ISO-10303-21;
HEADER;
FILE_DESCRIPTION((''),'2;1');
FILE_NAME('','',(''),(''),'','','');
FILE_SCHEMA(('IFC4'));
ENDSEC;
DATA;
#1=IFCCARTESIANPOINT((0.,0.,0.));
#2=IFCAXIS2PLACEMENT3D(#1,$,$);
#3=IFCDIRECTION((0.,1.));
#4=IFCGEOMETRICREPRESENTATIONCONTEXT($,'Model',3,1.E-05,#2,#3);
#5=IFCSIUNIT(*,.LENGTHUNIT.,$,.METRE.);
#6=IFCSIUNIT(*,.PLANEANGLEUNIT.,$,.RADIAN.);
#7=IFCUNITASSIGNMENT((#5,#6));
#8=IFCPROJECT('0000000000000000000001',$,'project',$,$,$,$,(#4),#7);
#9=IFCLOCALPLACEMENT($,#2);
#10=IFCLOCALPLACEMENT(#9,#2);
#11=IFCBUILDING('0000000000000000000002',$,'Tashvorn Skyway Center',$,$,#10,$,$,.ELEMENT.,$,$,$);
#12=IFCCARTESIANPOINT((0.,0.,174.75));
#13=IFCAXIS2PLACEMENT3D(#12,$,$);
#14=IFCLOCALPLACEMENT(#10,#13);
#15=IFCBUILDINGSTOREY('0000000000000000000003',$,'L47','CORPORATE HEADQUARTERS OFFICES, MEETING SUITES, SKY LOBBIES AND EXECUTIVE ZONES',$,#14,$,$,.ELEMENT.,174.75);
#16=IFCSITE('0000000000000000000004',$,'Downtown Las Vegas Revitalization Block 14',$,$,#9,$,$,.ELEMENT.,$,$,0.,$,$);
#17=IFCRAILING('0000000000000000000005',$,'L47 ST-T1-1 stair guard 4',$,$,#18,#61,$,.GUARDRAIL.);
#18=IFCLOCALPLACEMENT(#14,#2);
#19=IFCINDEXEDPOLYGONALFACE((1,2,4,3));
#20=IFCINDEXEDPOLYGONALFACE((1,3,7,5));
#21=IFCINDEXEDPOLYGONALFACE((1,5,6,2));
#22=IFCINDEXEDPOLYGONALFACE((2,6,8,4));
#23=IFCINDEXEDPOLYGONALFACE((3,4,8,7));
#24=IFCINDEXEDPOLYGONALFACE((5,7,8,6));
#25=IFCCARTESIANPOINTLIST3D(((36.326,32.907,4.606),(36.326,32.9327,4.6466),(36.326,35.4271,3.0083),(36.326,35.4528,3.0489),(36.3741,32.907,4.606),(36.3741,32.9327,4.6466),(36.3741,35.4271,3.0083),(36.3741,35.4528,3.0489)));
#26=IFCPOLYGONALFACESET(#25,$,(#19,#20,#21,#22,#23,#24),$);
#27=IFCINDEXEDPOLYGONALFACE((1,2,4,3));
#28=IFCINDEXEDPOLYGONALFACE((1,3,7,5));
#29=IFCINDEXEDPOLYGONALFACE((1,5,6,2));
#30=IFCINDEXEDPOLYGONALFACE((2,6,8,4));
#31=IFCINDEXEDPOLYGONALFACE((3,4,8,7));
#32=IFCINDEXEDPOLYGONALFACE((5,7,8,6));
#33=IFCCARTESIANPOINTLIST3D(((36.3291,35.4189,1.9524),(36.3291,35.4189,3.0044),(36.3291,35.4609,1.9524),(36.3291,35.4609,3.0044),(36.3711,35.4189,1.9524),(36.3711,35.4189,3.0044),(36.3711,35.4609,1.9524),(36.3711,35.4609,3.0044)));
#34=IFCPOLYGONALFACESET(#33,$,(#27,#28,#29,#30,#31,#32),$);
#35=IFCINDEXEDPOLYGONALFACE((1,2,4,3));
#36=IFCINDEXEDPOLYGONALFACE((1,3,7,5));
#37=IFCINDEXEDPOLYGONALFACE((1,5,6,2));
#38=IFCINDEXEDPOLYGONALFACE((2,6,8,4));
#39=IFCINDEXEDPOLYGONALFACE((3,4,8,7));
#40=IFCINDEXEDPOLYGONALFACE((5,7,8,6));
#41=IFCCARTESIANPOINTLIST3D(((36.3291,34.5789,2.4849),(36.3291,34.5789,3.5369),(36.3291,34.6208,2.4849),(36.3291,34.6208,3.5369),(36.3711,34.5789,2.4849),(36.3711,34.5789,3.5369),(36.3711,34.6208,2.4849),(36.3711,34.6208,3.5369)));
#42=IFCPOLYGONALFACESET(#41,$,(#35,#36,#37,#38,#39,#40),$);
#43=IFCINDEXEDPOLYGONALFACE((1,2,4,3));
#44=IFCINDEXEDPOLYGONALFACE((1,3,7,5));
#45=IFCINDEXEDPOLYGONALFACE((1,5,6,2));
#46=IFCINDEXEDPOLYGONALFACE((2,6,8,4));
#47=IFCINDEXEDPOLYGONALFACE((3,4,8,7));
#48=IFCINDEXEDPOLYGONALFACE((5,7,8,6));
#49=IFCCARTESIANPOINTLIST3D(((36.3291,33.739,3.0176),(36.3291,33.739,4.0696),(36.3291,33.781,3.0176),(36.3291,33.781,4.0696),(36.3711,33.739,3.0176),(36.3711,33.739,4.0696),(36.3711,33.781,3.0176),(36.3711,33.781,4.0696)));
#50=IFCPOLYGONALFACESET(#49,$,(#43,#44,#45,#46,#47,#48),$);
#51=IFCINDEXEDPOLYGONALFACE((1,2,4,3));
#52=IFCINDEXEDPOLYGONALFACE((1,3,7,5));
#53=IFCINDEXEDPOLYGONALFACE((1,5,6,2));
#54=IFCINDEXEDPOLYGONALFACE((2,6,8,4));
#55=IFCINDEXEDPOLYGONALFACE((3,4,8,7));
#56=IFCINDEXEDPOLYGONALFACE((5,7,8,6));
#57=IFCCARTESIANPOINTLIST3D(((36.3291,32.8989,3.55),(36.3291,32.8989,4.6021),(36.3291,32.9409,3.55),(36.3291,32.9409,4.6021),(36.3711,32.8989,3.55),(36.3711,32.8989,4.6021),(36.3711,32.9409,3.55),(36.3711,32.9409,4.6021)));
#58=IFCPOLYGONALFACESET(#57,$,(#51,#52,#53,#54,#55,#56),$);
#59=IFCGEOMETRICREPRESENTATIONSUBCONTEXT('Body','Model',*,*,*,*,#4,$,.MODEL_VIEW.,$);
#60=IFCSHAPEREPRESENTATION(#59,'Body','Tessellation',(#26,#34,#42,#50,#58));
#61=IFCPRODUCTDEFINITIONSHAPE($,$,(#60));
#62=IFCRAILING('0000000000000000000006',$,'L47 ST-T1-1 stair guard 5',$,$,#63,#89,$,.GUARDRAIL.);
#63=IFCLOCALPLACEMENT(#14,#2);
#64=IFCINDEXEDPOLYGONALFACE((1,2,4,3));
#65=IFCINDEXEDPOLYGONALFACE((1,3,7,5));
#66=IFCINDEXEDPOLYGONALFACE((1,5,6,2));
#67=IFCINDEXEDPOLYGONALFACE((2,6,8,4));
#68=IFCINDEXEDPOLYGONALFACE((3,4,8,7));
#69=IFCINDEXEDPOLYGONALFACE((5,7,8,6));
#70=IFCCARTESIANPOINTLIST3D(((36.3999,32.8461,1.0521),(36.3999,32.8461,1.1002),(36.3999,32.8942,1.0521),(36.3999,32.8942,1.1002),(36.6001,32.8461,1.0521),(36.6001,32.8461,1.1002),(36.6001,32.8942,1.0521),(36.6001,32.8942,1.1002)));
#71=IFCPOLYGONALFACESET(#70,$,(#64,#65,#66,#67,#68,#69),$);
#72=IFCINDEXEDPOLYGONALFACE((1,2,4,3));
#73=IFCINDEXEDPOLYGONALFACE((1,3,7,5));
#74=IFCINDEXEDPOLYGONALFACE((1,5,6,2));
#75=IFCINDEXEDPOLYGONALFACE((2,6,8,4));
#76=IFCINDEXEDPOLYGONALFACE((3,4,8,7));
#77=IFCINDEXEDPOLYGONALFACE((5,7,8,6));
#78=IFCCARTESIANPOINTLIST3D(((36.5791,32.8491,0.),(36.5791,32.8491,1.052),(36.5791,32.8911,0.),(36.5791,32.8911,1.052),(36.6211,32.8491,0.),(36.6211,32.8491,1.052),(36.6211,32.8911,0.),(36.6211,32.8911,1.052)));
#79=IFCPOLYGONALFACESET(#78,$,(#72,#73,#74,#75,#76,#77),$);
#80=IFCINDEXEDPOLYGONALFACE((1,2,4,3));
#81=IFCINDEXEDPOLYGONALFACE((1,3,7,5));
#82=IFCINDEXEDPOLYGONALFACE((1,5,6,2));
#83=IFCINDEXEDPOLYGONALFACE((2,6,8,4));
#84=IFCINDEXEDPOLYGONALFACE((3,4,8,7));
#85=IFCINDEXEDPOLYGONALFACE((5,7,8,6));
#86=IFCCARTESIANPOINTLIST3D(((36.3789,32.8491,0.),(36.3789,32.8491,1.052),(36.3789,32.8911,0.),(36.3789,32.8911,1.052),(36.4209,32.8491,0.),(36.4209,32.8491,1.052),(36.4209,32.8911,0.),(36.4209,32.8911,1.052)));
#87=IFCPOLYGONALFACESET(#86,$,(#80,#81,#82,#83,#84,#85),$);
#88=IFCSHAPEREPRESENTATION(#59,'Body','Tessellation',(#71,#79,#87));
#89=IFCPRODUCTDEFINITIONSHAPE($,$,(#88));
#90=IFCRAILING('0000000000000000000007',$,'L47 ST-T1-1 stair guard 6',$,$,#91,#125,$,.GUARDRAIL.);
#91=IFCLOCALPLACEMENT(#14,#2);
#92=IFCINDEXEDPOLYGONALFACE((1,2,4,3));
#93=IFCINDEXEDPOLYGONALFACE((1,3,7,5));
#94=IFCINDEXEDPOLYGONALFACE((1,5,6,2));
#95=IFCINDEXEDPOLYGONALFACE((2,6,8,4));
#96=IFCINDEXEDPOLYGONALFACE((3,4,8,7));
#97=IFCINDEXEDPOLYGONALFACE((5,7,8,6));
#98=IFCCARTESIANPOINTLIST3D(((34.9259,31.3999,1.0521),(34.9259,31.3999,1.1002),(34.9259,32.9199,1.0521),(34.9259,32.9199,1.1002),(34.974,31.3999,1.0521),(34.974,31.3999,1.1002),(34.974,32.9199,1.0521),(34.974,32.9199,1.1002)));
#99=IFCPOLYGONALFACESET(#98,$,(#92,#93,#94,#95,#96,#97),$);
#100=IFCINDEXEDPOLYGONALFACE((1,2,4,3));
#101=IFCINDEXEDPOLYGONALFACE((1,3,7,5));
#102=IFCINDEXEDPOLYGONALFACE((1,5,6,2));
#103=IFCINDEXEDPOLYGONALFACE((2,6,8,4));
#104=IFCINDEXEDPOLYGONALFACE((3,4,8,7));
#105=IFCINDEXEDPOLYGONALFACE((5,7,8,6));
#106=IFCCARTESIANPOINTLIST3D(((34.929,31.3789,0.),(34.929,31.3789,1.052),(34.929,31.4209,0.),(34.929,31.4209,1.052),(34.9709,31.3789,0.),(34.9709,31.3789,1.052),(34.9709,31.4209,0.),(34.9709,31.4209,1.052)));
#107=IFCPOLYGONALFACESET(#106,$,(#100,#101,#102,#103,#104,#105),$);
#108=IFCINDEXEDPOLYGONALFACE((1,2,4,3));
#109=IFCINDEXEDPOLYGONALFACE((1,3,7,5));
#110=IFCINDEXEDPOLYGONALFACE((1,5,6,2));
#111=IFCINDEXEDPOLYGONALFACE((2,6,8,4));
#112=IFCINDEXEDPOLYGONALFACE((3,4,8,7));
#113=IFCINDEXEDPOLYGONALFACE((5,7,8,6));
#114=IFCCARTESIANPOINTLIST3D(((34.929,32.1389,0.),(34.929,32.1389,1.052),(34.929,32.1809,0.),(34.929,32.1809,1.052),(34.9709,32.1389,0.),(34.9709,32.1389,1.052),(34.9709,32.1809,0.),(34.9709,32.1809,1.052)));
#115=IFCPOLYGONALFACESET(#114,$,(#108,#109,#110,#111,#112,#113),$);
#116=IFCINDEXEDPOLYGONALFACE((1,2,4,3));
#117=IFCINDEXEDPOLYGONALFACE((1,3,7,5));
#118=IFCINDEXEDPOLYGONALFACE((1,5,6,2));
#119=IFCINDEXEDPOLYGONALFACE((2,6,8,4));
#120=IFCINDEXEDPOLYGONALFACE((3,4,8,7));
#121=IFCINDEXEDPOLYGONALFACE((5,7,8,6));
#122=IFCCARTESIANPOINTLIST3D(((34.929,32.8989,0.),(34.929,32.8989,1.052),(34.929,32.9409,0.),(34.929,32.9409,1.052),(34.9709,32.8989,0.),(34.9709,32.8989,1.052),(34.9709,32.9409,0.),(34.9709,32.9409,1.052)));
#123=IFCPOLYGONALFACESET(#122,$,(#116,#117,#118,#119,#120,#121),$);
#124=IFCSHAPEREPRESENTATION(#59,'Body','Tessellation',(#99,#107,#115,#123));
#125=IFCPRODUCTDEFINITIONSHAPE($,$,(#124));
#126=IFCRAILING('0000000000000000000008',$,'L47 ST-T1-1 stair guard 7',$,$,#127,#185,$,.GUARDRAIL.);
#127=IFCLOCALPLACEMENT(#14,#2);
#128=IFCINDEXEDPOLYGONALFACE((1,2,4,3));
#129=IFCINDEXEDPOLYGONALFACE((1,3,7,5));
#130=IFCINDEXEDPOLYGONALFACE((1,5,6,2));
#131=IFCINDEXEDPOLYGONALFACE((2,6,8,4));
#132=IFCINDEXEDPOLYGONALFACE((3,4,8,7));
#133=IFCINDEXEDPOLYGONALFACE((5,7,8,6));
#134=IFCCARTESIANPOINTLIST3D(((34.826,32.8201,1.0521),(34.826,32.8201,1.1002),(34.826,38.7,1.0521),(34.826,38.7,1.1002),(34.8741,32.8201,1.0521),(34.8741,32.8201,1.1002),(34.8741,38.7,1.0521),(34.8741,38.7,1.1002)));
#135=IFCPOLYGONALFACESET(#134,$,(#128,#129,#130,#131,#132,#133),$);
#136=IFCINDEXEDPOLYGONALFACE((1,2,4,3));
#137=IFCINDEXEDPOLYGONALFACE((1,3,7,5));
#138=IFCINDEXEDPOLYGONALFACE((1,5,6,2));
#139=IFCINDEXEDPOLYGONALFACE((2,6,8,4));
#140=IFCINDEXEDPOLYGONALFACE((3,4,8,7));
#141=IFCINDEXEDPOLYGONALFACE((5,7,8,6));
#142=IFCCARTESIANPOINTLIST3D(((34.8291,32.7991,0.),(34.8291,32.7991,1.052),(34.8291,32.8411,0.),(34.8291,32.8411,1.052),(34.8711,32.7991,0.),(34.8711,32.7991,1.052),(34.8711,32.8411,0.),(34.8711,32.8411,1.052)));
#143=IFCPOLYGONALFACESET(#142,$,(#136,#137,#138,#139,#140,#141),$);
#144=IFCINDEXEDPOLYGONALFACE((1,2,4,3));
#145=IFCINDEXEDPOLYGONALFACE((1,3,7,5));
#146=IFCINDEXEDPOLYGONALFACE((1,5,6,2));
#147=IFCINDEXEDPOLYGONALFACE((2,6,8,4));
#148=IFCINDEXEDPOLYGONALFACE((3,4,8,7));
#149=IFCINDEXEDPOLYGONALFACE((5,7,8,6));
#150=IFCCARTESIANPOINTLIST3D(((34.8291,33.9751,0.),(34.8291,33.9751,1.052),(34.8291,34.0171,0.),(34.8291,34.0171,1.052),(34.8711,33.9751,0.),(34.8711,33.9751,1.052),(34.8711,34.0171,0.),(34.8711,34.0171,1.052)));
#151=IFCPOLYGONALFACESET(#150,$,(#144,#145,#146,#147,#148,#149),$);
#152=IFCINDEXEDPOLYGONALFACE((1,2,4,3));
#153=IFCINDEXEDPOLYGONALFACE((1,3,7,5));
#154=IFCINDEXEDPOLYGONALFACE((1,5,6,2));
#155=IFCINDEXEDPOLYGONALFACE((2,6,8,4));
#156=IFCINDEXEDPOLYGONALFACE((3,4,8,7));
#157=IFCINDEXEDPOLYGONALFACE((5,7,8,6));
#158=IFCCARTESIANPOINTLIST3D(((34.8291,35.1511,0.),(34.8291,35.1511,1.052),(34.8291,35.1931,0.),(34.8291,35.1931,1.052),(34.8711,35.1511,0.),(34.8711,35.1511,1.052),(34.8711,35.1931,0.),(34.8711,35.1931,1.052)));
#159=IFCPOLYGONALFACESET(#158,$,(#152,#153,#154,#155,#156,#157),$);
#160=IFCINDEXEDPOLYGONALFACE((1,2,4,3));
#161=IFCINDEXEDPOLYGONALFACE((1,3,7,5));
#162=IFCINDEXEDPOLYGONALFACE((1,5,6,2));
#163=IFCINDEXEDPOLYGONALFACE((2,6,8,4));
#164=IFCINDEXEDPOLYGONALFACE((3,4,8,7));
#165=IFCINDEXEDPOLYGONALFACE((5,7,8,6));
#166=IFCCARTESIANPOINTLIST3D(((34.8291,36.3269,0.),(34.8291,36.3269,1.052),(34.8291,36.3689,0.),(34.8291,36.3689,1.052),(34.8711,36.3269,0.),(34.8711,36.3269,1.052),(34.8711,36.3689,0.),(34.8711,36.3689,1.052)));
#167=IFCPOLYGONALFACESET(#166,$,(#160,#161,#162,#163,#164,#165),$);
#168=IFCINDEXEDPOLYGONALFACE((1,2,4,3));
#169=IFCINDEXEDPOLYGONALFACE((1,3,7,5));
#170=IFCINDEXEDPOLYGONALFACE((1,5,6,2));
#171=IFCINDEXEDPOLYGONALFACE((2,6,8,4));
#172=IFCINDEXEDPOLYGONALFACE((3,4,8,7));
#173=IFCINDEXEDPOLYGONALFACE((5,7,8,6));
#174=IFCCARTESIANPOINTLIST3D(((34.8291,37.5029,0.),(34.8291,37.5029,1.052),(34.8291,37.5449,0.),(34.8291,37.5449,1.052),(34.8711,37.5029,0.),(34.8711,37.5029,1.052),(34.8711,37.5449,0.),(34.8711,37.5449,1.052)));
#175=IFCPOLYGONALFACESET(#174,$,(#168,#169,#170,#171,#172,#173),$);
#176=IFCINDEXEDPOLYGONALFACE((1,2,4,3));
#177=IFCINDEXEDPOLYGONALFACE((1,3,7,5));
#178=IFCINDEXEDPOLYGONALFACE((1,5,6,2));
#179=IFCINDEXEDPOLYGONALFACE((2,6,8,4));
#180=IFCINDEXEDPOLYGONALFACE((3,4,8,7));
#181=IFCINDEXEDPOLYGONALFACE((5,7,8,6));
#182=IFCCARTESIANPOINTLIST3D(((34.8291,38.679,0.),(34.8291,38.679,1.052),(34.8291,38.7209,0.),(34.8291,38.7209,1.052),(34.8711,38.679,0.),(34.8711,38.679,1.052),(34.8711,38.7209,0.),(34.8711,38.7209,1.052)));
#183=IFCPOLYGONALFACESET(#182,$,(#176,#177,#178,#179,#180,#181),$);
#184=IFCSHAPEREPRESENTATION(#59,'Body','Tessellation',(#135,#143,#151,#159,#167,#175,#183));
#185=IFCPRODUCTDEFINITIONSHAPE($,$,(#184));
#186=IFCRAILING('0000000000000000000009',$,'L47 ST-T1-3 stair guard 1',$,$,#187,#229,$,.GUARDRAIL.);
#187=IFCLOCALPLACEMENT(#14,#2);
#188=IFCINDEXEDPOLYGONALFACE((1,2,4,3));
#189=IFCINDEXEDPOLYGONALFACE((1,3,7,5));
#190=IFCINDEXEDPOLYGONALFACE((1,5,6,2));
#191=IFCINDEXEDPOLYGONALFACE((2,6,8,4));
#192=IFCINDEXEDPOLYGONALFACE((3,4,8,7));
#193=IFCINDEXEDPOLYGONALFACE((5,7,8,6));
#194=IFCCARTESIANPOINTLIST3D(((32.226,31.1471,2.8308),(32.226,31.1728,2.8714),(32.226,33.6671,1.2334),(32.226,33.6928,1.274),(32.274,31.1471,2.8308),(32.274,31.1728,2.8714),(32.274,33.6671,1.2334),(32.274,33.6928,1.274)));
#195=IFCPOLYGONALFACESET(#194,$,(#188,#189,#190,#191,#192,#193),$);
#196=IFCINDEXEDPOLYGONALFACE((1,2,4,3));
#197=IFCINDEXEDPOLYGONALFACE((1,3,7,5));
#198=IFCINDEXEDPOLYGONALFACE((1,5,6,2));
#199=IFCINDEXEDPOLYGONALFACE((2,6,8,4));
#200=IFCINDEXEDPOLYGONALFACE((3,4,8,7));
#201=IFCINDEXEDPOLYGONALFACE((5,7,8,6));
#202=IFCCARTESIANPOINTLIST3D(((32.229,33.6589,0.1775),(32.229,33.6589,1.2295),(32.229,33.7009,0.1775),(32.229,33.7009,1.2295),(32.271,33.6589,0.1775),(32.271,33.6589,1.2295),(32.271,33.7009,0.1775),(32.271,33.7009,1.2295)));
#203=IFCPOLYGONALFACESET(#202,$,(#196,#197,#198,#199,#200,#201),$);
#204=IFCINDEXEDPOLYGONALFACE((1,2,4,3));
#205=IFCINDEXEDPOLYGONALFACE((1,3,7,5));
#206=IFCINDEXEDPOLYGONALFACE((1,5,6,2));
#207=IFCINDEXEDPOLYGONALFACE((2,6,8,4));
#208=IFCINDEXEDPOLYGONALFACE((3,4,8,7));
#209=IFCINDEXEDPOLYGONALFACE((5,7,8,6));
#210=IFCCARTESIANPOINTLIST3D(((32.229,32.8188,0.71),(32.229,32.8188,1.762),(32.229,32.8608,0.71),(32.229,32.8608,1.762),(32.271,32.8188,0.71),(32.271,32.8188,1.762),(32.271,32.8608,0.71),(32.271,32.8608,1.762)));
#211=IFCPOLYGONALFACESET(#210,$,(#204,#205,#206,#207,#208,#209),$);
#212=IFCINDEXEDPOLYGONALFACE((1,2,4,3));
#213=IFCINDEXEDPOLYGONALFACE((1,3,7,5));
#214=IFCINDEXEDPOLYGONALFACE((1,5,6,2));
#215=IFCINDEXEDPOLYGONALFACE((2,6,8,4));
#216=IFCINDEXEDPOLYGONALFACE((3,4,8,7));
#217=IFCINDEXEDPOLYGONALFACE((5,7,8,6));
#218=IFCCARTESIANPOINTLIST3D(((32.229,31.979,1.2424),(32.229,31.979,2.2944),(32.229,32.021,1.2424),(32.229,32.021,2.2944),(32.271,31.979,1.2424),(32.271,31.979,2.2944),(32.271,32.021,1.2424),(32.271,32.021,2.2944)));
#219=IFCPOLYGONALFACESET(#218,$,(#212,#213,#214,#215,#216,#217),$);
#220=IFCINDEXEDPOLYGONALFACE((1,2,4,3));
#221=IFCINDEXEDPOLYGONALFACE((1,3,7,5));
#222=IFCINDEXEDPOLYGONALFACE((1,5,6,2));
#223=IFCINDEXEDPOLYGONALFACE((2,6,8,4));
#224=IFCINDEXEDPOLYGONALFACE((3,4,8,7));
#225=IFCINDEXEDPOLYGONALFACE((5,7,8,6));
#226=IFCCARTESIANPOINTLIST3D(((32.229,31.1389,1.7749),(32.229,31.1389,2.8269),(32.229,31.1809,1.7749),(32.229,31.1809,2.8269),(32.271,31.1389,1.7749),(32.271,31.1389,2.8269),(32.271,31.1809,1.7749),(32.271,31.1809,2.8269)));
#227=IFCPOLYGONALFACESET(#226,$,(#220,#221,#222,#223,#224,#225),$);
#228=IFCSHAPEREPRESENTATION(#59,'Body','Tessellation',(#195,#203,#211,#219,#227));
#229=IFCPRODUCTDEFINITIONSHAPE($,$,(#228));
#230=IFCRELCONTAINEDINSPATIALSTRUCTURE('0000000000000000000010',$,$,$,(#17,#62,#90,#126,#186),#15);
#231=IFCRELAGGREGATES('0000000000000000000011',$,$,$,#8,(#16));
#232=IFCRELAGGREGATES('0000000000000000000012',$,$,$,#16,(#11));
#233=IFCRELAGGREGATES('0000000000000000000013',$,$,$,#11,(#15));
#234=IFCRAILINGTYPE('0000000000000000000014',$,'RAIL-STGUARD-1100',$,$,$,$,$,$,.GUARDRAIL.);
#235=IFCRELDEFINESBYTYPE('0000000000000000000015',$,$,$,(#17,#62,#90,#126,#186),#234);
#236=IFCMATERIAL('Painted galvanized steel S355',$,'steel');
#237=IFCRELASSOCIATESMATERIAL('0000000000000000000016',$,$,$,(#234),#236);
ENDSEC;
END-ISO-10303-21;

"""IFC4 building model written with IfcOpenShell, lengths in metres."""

from ifc_helpers import new_model, si_unit, direction, frame, origin, origin_2d, place, context, subcontext, project, spatial, rectangle, extrude, material, type_object, element, save


model = new_model("IFC4")

# Units and contexts
model_context = context("Model", 3, precision=1e-05, world=origin(), true_north=direction((0.0, 1.0)))
body_context = subcontext(model_context, "Body", "Model", "MODEL_VIEW")
ifc_project = project(units=[si_unit("LENGTHUNIT", "METRE"), si_unit("PLANEANGLEUNIT", "RADIAN")], contexts=[model_context])

# Site, building, storey
site_placement = place(None, origin())
site = spatial("IfcSite", under=ifc_project, at=site_placement, Name="Downtown Las Vegas Revitalization Block 14", CompositionType="ELEMENT", RefElevation=0.0)
building_placement = place(site_placement, origin())
building = spatial("IfcBuilding", under=site, at=building_placement, Name="Tashvorn Skyway Center", CompositionType="ELEMENT")
storey_placement = place(building_placement, frame((0.0, 0.0, 174.75)))
storey = spatial("IfcBuildingStorey", under=building, at=storey_placement, Name="L47", Description="CORPORATE HEADQUARTERS OFFICES, MEETING SUITES, SKY LOBBIES AND EXECUTIVE ZONES", CompositionType="ELEMENT", Elevation=174.75)

# Railings
ifc_material_1 = material(Name="Painted galvanized steel S355", Category="steel")
railing_type_1 = type_object("IfcRailingType", Name="RAIL-STGUARD-1100", PredefinedType="GUARDRAIL", material=ifc_material_1)
railing_1_placement = place(storey_placement, frame((36.3501, 35.4399, 1.9524)))
element("IfcRailing", 1, at=railing_1_placement, inside=storey, type_object=railing_type_1, Name="L47 ST-T1-1 stair guard 4", PredefinedType="GUARDRAIL", context=body_context, shape_type="SweptSolid", body=[
    extrude(rectangle(XDim=0.0481, YDim=0.0481, at=origin_2d()), frame((0.0, 0.0, 1.0762), z_axis=(0.0, -0.84457, 0.535445), x_axis=(1.0, 0.0, 0.0)), (0.0, 0.0, 1.0), 2.9839),
    extrude(rectangle(XDim=0.042, YDim=0.042, at=origin_2d()), origin(), (0.0, 0.0, 1.0), 1.052),
    extrude(rectangle(XDim=0.042, YDim=0.042, at=origin_2d()), frame((0.0, -0.8401, 0.5325)), (0.0, 0.0, 1.0), 1.052),
    extrude(rectangle(XDim=0.042, YDim=0.042, at=origin_2d()), frame((0.0, -1.6799, 1.0652)), (0.0, 0.0, 1.0), 1.052),
    extrude(rectangle(XDim=0.042, YDim=0.042, at=origin_2d()), frame((0.0, -2.52, 1.5977)), (0.0, 0.0, 1.0), 1.052),
])
railing_2_placement = place(storey_placement, frame((36.6001, 32.8701, 0.0)))
element("IfcRailing", 2, at=railing_2_placement, inside=storey, type_object=railing_type_1, Name="L47 ST-T1-1 stair guard 5", PredefinedType="GUARDRAIL", context=body_context, shape_type="SweptSolid", body=[
    extrude(rectangle(XDim=0.0481, YDim=0.0481, at=origin_2d()), frame((0.0, 0.0, 1.0762), z_axis=(-1.0, 0.0, 0.0), x_axis=(0.0, -1.0, 0.0)), (0.0, 0.0, 1.0), 0.2002),
    extrude(rectangle(XDim=0.042, YDim=0.042, at=origin_2d()), origin(), (0.0, 0.0, 1.0), 1.052),
    extrude(rectangle(XDim=0.042, YDim=0.042, at=origin_2d()), frame((-0.2002, 0.0, 0.0)), (0.0, 0.0, 1.0), 1.052),
])
railing_3_placement = place(storey_placement, frame((34.95, 31.3999, 0.0)))
element("IfcRailing", 3, at=railing_3_placement, inside=storey, type_object=railing_type_1, Name="L47 ST-T1-1 stair guard 6", PredefinedType="GUARDRAIL", context=body_context, shape_type="SweptSolid", body=[
    extrude(rectangle(XDim=0.0481, YDim=0.0481, at=origin_2d()), frame((0.0, 0.0, 1.0762), z_axis=(0.0, 1.0, 0.0), x_axis=(-1.0, 0.0, 0.0)), (0.0, 0.0, 1.0), 1.52),
    extrude(rectangle(XDim=0.042, YDim=0.042, at=origin_2d()), origin(), (0.0, 0.0, 1.0), 1.052),
    extrude(rectangle(XDim=0.042, YDim=0.042, at=origin_2d()), frame((0.0, 0.76, 0.0)), (0.0, 0.0, 1.0), 1.052),
    extrude(rectangle(XDim=0.042, YDim=0.042, at=origin_2d()), frame((0.0, 1.52, 0.0)), (0.0, 0.0, 1.0), 1.052),
])
railing_4_placement = place(storey_placement, frame((34.8501, 32.8201, 0.0)))
element("IfcRailing", 4, at=railing_4_placement, inside=storey, type_object=railing_type_1, Name="L47 ST-T1-1 stair guard 7", PredefinedType="GUARDRAIL", context=body_context, shape_type="SweptSolid", body=[
    extrude(rectangle(XDim=0.0481, YDim=0.0481, at=origin_2d()), frame((0.0, 0.0, 1.0762), z_axis=(0.0, 1.0, 0.0), x_axis=(-1.0, 0.0, 0.0)), (0.0, 0.0, 1.0), 5.8799),
    extrude(rectangle(XDim=0.042, YDim=0.042, at=origin_2d()), origin(), (0.0, 0.0, 1.0), 1.052),
    extrude(rectangle(XDim=0.042, YDim=0.042, at=origin_2d()), frame((0.0, 1.176, 0.0)), (0.0, 0.0, 1.0), 1.052),
    extrude(rectangle(XDim=0.042, YDim=0.042, at=origin_2d()), frame((0.0, 2.3521, 0.0)), (0.0, 0.0, 1.0), 1.052),
    extrude(rectangle(XDim=0.042, YDim=0.042, at=origin_2d()), frame((0.0, 3.5278, 0.0)), (0.0, 0.0, 1.0), 1.052),
    extrude(rectangle(XDim=0.042, YDim=0.042, at=origin_2d()), frame((0.0, 4.7039, 0.0)), (0.0, 0.0, 1.0), 1.052),
    extrude(rectangle(XDim=0.042, YDim=0.042, at=origin_2d()), frame((0.0, 5.8799, 0.0)), (0.0, 0.0, 1.0), 1.052),
])
railing_5_placement = place(storey_placement, frame((32.25, 33.6799, 0.1775)))
element("IfcRailing", 5, at=railing_5_placement, inside=storey, type_object=railing_type_1, Name="L47 ST-T1-3 stair guard 1", PredefinedType="GUARDRAIL", context=body_context, shape_type="SweptSolid", body=[
    extrude(rectangle(XDim=0.0481, YDim=0.0481, at=origin_2d()), frame((0.0, 0.0, 1.0762), z_axis=(0.0, -0.844607, 0.535387), x_axis=(1.0, 0.0, 0.0)), (0.0, 0.0, 1.0), 2.9836),
    extrude(rectangle(XDim=0.042, YDim=0.042, at=origin_2d()), origin(), (0.0, 0.0, 1.0), 1.052),
    extrude(rectangle(XDim=0.042, YDim=0.042, at=origin_2d()), frame((0.0, -0.8401, 0.5325)), (0.0, 0.0, 1.0), 1.052),
    extrude(rectangle(XDim=0.042, YDim=0.042, at=origin_2d()), frame((0.0, -1.6799, 1.0649)), (0.0, 0.0, 1.0), 1.052),
    extrude(rectangle(XDim=0.042, YDim=0.042, at=origin_2d()), frame((0.0, -2.52, 1.5974)), (0.0, 0.0, 1.0), 1.052),
])

save(model, "model.ifc")
